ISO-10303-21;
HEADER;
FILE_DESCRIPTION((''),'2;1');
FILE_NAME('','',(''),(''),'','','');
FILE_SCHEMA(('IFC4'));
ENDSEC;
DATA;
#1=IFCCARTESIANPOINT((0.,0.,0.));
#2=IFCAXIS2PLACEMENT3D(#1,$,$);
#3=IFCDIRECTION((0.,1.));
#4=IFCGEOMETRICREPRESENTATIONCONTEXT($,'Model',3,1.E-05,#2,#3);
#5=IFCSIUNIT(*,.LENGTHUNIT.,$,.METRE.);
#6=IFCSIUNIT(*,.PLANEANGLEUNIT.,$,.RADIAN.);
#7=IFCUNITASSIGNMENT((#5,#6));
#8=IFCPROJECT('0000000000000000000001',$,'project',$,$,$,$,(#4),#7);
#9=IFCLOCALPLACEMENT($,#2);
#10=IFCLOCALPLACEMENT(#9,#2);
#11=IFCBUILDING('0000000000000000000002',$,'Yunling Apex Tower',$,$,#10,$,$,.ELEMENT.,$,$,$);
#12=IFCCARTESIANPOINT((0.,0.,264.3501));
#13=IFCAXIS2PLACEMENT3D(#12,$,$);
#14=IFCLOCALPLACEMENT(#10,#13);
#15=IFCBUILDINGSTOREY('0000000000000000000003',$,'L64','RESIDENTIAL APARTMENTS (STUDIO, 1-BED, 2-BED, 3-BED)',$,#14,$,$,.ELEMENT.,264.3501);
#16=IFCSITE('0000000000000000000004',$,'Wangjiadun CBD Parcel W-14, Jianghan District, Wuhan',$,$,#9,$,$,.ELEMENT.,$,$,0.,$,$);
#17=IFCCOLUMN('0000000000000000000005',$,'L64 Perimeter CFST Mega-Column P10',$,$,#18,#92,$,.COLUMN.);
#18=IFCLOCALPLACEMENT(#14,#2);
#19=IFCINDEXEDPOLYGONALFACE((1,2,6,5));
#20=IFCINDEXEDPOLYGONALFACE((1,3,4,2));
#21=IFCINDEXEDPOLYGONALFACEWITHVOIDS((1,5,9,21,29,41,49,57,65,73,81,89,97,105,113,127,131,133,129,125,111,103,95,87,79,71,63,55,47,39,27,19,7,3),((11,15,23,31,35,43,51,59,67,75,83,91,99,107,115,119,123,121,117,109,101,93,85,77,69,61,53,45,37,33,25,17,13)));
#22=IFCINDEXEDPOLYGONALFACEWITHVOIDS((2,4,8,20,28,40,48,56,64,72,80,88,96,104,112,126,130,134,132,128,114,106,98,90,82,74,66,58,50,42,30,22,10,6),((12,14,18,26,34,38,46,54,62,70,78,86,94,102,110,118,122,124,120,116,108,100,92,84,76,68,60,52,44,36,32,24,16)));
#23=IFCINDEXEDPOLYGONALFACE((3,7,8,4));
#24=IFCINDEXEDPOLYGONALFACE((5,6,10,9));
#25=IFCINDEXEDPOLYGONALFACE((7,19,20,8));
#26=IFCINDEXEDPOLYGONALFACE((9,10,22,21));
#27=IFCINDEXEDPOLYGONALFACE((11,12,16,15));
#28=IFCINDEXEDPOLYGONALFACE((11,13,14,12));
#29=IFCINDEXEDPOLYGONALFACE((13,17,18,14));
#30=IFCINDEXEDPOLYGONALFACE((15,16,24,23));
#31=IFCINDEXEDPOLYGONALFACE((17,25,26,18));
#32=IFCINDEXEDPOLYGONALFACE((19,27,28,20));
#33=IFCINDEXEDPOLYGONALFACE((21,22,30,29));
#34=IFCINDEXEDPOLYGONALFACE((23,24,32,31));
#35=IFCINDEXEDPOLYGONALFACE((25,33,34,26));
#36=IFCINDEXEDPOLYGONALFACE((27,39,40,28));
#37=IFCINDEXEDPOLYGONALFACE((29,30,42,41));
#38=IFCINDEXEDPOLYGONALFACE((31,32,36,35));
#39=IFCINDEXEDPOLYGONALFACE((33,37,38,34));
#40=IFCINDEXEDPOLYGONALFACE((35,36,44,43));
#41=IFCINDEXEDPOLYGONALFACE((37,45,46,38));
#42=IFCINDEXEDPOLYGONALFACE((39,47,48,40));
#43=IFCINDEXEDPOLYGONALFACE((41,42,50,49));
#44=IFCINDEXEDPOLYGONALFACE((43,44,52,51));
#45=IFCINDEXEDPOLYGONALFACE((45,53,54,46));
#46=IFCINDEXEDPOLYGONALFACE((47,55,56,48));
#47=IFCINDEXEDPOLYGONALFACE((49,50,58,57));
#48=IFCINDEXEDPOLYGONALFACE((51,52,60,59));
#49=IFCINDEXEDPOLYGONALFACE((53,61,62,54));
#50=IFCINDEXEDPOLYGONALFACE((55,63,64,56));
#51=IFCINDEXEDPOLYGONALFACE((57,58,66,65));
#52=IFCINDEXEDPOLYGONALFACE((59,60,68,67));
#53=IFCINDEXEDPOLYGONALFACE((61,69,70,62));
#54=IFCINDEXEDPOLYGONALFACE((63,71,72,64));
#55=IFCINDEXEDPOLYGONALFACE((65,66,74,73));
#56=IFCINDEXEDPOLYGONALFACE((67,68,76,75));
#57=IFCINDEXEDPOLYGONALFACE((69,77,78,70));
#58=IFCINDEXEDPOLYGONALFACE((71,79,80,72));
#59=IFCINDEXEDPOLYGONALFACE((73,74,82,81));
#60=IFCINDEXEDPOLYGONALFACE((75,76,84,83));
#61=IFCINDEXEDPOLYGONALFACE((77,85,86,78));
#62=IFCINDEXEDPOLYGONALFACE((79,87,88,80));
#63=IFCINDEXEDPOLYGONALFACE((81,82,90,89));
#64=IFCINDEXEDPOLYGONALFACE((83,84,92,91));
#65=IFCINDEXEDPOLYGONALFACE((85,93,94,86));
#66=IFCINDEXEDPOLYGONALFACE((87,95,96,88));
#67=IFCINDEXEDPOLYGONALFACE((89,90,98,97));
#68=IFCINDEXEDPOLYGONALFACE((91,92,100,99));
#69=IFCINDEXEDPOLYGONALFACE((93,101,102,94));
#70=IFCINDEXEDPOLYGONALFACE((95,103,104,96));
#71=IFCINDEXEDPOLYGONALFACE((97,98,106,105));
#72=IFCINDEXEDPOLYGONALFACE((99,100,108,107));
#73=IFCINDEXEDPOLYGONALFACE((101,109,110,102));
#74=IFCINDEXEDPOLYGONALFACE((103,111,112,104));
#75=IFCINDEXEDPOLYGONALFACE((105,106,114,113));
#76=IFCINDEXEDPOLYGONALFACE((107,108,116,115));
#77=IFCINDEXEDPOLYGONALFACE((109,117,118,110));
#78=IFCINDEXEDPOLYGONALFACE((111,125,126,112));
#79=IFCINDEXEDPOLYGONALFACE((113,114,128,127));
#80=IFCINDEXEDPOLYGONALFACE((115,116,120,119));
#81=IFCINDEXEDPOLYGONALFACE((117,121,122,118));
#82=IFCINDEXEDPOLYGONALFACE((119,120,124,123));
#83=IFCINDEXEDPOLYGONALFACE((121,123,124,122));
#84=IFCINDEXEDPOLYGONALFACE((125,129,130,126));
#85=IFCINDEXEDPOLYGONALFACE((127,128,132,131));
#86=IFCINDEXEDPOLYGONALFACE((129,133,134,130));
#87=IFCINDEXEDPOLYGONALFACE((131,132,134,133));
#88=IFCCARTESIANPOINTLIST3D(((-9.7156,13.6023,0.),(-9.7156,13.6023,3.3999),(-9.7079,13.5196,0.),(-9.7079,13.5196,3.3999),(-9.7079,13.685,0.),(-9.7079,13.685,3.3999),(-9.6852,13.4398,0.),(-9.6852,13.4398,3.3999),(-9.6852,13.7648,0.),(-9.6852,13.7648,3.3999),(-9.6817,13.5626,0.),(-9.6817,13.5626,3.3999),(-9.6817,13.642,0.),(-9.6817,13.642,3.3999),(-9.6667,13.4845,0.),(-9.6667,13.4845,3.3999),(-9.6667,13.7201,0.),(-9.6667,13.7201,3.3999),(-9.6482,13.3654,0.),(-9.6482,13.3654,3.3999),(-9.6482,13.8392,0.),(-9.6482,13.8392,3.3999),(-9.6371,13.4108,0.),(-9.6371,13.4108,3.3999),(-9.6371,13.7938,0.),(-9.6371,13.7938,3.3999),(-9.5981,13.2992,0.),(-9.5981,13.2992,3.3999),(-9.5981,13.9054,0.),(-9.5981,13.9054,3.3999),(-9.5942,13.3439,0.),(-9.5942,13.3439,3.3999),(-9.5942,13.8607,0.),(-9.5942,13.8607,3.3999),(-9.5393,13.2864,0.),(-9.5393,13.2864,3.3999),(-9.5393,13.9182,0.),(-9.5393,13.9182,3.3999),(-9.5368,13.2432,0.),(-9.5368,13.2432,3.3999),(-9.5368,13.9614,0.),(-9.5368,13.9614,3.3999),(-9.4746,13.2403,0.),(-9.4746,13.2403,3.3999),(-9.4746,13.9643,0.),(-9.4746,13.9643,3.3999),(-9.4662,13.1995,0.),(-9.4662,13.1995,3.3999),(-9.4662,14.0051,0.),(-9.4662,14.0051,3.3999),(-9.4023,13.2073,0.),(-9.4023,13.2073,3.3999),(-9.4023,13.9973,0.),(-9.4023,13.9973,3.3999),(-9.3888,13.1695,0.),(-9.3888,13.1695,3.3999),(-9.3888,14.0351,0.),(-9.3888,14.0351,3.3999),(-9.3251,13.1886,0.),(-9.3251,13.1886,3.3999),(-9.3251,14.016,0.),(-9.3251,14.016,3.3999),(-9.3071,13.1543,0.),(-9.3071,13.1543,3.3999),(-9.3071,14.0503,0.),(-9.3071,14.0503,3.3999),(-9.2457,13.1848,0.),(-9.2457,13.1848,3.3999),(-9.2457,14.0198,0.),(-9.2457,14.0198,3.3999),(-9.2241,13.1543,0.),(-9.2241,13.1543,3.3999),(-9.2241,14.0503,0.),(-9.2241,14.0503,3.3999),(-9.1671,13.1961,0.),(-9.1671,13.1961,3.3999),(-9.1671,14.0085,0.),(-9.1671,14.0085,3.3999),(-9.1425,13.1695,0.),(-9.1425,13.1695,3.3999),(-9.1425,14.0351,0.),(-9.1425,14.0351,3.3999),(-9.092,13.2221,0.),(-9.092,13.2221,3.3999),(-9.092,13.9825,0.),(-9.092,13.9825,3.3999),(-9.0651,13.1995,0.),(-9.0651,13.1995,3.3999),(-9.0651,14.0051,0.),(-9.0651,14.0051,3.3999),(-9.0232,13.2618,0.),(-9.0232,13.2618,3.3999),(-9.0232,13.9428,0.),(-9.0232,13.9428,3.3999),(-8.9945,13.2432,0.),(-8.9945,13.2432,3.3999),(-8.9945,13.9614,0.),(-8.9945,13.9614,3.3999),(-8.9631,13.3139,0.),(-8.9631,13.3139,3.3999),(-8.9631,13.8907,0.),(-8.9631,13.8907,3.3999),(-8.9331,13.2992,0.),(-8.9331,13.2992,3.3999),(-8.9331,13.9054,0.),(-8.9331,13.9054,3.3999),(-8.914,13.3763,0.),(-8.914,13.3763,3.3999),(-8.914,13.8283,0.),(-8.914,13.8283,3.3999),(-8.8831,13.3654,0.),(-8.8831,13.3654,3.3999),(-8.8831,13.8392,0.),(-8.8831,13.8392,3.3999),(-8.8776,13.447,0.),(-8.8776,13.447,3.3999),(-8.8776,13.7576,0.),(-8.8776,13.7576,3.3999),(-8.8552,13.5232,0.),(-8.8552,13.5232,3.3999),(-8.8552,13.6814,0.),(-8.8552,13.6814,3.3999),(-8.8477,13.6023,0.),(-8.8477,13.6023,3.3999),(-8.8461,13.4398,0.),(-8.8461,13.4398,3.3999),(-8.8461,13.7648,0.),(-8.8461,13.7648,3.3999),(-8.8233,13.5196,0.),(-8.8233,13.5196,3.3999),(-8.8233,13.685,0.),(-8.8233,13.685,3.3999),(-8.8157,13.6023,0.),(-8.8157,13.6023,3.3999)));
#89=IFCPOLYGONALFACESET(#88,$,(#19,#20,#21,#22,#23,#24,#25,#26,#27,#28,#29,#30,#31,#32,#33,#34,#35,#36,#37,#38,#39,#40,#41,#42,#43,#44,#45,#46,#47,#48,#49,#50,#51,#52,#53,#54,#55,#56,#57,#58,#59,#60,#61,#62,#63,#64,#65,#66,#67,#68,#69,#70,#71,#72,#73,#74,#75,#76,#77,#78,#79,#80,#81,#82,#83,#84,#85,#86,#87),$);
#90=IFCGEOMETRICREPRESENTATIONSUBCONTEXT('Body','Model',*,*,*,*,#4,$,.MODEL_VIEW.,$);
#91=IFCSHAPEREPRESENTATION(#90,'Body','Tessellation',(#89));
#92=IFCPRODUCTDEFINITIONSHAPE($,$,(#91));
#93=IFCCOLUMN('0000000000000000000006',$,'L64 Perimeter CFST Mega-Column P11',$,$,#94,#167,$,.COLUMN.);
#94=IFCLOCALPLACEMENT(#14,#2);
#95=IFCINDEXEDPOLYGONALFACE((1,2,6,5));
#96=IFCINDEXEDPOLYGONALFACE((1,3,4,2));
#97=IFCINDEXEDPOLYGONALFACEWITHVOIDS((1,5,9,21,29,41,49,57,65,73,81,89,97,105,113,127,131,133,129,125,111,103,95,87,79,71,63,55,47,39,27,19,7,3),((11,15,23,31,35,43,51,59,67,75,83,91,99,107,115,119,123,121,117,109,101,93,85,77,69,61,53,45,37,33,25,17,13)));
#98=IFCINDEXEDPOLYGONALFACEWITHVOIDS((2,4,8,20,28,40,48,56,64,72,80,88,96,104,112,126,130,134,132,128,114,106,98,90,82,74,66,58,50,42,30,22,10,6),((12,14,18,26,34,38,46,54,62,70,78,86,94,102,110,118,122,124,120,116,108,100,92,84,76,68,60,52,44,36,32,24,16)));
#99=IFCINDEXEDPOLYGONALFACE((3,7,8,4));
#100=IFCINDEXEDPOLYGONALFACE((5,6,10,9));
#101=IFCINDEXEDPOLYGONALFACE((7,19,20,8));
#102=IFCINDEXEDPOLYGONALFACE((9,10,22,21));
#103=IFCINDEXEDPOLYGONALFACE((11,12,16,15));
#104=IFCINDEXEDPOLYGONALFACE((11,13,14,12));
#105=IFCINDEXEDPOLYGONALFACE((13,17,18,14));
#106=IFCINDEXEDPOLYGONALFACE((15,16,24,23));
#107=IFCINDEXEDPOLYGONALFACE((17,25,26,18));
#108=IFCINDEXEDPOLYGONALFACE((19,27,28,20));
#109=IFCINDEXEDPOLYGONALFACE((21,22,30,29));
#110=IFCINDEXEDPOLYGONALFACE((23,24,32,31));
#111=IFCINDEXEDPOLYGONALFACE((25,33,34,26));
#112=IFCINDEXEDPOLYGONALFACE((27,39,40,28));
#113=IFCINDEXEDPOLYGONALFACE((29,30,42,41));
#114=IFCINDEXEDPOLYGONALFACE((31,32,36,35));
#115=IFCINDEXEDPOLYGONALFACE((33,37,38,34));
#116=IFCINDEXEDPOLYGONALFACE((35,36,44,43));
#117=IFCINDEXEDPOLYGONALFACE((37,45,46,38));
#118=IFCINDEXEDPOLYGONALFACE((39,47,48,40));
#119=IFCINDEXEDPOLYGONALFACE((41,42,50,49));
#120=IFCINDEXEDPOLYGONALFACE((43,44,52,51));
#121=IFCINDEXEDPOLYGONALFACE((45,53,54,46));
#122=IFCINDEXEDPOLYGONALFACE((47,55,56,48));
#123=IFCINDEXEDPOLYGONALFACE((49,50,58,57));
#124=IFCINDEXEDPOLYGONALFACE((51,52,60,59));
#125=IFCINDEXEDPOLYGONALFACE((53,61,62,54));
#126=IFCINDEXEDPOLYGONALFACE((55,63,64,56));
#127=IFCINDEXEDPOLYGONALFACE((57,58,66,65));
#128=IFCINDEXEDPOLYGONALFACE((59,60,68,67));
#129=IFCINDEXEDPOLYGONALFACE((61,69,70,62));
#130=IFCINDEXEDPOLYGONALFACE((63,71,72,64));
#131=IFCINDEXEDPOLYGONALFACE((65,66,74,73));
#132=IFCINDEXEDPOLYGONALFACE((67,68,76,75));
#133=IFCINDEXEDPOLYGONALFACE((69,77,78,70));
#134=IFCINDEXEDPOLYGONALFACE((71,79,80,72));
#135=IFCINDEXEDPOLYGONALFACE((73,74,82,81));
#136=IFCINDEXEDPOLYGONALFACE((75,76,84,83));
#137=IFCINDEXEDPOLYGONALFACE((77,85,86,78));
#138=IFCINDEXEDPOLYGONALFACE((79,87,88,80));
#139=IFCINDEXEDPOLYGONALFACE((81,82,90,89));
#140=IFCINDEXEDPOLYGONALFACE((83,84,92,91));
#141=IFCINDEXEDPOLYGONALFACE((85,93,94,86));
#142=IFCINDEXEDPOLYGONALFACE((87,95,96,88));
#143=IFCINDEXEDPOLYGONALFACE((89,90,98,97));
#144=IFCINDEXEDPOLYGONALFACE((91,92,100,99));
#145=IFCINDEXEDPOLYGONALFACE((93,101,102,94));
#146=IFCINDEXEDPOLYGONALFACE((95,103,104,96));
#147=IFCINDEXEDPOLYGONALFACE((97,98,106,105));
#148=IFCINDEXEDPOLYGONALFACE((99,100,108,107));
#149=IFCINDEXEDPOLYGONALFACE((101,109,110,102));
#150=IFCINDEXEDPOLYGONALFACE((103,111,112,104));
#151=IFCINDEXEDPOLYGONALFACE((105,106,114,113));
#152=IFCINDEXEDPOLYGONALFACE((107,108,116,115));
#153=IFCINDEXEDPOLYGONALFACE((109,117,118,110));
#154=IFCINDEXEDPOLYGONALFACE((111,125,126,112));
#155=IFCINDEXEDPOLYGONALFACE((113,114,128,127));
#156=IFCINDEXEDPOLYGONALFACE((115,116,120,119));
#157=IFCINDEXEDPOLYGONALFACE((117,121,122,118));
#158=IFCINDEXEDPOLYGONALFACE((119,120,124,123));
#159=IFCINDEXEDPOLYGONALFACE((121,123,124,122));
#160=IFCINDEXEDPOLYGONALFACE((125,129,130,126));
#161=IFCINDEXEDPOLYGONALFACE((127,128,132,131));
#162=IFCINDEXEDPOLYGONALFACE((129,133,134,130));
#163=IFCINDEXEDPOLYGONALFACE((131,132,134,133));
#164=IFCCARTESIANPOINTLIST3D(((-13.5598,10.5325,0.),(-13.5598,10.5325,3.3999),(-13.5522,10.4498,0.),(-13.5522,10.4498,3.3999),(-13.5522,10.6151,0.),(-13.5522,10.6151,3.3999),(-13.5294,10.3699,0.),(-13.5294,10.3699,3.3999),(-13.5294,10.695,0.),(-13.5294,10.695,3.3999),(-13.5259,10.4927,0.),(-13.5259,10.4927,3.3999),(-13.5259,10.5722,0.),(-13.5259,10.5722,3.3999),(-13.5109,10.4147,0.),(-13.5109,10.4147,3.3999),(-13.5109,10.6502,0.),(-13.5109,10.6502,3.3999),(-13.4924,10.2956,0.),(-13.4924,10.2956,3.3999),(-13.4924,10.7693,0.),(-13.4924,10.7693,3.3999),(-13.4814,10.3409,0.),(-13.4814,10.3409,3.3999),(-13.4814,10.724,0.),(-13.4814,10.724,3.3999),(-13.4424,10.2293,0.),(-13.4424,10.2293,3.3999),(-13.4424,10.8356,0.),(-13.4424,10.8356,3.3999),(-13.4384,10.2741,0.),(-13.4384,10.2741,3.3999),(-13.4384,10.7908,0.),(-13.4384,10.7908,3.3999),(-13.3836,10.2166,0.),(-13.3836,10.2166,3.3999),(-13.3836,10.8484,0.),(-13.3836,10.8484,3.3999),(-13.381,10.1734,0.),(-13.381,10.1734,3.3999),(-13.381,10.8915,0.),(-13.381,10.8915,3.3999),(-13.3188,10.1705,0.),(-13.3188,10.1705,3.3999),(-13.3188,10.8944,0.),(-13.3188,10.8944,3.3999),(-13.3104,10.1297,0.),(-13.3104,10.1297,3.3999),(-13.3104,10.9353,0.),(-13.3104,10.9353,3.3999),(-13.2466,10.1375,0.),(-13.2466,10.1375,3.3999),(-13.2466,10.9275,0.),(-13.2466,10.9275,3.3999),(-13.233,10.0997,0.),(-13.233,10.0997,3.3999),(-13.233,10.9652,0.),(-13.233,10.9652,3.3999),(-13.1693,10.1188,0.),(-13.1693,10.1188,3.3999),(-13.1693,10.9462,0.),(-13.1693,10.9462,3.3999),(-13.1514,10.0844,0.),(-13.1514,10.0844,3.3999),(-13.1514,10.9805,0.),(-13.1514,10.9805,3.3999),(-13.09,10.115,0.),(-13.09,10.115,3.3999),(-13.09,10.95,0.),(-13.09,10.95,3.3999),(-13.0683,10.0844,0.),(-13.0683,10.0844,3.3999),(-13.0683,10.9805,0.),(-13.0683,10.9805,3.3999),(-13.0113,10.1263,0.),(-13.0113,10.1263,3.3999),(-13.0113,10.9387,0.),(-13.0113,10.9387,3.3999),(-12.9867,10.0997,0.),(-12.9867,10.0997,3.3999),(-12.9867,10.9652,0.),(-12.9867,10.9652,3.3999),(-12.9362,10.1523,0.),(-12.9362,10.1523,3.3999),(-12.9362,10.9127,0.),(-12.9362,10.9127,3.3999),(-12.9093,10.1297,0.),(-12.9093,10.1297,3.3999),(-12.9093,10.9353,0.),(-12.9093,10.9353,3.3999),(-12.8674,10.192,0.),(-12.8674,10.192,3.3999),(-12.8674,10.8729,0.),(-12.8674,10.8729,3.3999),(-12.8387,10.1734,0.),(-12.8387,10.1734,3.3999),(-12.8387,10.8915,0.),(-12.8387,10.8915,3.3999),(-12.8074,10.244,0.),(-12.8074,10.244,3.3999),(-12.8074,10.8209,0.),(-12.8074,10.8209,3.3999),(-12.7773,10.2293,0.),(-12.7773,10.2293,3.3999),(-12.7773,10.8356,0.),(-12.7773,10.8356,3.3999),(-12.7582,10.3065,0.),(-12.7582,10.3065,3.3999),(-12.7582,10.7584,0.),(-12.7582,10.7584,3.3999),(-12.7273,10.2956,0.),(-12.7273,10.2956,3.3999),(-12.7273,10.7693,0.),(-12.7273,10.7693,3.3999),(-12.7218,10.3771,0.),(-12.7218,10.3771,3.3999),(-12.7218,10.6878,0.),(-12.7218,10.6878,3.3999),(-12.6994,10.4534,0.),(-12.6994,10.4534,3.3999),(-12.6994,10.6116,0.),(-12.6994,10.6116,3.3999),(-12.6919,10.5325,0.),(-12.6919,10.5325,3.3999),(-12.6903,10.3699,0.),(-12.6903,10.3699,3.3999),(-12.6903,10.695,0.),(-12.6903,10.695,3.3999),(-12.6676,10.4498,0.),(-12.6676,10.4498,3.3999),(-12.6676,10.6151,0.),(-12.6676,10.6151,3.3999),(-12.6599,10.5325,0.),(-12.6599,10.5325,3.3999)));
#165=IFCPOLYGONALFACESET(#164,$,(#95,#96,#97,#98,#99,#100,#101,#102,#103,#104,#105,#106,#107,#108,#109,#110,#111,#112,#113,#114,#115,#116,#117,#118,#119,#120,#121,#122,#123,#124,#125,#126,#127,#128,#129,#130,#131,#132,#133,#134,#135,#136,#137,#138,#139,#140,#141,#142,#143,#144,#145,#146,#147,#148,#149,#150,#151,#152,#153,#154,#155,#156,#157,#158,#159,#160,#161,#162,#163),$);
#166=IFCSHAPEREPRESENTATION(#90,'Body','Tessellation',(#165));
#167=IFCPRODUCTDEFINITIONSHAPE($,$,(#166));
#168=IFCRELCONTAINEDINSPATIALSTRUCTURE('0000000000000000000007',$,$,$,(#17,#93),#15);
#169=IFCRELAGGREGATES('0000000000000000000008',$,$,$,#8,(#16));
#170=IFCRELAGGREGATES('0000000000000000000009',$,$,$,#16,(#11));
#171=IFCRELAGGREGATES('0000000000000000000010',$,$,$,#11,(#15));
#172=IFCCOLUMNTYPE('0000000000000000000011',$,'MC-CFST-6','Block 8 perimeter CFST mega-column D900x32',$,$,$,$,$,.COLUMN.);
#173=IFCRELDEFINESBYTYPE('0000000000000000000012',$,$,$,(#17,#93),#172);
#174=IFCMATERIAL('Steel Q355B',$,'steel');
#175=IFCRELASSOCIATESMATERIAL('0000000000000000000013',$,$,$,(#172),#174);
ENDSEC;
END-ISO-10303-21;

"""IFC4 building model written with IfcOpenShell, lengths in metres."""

from ifc_helpers import new_model, si_unit, direction, frame, origin, origin_2d, place, context, subcontext, project, spatial, hollow_circle, extrude, source, transform, mapped, material, material_profile, profile_set, type_object, element, save


model = new_model("IFC4")

# Units and contexts
model_context = context("Model", 3, precision=1e-05, world=origin(), true_north=direction((0.0, 1.0)))
body_context = subcontext(model_context, "Body", "Model", "MODEL_VIEW")
ifc_project = project(units=[si_unit("LENGTHUNIT", "METRE"), si_unit("PLANEANGLEUNIT", "RADIAN")], contexts=[model_context])

# Site, building, storey
site_placement = place(None, origin())
site = spatial("IfcSite", under=ifc_project, at=site_placement, Name="Wangjiadun CBD Parcel W-14, Jianghan District, Wuhan", CompositionType="ELEMENT", RefElevation=0.0)
building_placement = place(site_placement, origin())
building = spatial("IfcBuilding", under=site, at=building_placement, Name="Yunling Apex Tower", CompositionType="ELEMENT")
storey_placement = place(building_placement, frame((0.0, 0.0, 264.3501)))
storey = spatial("IfcBuildingStorey", under=building, at=storey_placement, Name="L64", Description="RESIDENTIAL APARTMENTS (STUDIO, 1-BED, 2-BED, 3-BED)", CompositionType="ELEMENT", Elevation=264.3501)

# Columns
ifc_material_1 = material(Name="Steel Q355B", Category="steel")
ifc_material_profile_1 = material_profile(ifc_material_1, hollow_circle(Radius=0.45, WallThickness=0.032, at=origin_2d()))
ifc_profile_set_1 = profile_set([ifc_material_profile_1], Name="Steel Q355B")
column_type = type_object("IfcColumnType", Name="MC-CFST-6", Description="Block 8 perimeter CFST mega-column D900x32", PredefinedType="COLUMN", material=ifc_profile_set_1)
shared_shape_1 = source(origin(), body_context, "Body", "SweptSolid", [
    extrude(hollow_circle(Radius=0.45, WallThickness=0.032, at=origin_2d()), origin(), (0.0, 0.0, 1.0), 3.3999),
])
for number, where, z_axis, x_axis, name in (
    (1, (-9.2656, 13.6023, 0.0), (0.0, 0.0, 1.0), (1.0, 0.0, 0.0), "L64 Perimeter CFST Mega-Column P10"),
    (2, (-13.1099, 10.5325, 0.0), (0.0, 0.0, 1.0), (1.0, 0.0, 0.0), "L64 Perimeter CFST Mega-Column P11"),
):
    element("IfcColumn", number, at=place(storey_placement, frame(where, z_axis=z_axis, x_axis=x_axis)), inside=storey, type_object=column_type, Name=name, PredefinedType="COLUMN", context=body_context, shape_type="MappedRepresentation", body=[
        mapped(shared_shape_1, transform((0.0, 0.0, 0.0), scale=1.0)),
    ])

save(model, "model.ifc")
